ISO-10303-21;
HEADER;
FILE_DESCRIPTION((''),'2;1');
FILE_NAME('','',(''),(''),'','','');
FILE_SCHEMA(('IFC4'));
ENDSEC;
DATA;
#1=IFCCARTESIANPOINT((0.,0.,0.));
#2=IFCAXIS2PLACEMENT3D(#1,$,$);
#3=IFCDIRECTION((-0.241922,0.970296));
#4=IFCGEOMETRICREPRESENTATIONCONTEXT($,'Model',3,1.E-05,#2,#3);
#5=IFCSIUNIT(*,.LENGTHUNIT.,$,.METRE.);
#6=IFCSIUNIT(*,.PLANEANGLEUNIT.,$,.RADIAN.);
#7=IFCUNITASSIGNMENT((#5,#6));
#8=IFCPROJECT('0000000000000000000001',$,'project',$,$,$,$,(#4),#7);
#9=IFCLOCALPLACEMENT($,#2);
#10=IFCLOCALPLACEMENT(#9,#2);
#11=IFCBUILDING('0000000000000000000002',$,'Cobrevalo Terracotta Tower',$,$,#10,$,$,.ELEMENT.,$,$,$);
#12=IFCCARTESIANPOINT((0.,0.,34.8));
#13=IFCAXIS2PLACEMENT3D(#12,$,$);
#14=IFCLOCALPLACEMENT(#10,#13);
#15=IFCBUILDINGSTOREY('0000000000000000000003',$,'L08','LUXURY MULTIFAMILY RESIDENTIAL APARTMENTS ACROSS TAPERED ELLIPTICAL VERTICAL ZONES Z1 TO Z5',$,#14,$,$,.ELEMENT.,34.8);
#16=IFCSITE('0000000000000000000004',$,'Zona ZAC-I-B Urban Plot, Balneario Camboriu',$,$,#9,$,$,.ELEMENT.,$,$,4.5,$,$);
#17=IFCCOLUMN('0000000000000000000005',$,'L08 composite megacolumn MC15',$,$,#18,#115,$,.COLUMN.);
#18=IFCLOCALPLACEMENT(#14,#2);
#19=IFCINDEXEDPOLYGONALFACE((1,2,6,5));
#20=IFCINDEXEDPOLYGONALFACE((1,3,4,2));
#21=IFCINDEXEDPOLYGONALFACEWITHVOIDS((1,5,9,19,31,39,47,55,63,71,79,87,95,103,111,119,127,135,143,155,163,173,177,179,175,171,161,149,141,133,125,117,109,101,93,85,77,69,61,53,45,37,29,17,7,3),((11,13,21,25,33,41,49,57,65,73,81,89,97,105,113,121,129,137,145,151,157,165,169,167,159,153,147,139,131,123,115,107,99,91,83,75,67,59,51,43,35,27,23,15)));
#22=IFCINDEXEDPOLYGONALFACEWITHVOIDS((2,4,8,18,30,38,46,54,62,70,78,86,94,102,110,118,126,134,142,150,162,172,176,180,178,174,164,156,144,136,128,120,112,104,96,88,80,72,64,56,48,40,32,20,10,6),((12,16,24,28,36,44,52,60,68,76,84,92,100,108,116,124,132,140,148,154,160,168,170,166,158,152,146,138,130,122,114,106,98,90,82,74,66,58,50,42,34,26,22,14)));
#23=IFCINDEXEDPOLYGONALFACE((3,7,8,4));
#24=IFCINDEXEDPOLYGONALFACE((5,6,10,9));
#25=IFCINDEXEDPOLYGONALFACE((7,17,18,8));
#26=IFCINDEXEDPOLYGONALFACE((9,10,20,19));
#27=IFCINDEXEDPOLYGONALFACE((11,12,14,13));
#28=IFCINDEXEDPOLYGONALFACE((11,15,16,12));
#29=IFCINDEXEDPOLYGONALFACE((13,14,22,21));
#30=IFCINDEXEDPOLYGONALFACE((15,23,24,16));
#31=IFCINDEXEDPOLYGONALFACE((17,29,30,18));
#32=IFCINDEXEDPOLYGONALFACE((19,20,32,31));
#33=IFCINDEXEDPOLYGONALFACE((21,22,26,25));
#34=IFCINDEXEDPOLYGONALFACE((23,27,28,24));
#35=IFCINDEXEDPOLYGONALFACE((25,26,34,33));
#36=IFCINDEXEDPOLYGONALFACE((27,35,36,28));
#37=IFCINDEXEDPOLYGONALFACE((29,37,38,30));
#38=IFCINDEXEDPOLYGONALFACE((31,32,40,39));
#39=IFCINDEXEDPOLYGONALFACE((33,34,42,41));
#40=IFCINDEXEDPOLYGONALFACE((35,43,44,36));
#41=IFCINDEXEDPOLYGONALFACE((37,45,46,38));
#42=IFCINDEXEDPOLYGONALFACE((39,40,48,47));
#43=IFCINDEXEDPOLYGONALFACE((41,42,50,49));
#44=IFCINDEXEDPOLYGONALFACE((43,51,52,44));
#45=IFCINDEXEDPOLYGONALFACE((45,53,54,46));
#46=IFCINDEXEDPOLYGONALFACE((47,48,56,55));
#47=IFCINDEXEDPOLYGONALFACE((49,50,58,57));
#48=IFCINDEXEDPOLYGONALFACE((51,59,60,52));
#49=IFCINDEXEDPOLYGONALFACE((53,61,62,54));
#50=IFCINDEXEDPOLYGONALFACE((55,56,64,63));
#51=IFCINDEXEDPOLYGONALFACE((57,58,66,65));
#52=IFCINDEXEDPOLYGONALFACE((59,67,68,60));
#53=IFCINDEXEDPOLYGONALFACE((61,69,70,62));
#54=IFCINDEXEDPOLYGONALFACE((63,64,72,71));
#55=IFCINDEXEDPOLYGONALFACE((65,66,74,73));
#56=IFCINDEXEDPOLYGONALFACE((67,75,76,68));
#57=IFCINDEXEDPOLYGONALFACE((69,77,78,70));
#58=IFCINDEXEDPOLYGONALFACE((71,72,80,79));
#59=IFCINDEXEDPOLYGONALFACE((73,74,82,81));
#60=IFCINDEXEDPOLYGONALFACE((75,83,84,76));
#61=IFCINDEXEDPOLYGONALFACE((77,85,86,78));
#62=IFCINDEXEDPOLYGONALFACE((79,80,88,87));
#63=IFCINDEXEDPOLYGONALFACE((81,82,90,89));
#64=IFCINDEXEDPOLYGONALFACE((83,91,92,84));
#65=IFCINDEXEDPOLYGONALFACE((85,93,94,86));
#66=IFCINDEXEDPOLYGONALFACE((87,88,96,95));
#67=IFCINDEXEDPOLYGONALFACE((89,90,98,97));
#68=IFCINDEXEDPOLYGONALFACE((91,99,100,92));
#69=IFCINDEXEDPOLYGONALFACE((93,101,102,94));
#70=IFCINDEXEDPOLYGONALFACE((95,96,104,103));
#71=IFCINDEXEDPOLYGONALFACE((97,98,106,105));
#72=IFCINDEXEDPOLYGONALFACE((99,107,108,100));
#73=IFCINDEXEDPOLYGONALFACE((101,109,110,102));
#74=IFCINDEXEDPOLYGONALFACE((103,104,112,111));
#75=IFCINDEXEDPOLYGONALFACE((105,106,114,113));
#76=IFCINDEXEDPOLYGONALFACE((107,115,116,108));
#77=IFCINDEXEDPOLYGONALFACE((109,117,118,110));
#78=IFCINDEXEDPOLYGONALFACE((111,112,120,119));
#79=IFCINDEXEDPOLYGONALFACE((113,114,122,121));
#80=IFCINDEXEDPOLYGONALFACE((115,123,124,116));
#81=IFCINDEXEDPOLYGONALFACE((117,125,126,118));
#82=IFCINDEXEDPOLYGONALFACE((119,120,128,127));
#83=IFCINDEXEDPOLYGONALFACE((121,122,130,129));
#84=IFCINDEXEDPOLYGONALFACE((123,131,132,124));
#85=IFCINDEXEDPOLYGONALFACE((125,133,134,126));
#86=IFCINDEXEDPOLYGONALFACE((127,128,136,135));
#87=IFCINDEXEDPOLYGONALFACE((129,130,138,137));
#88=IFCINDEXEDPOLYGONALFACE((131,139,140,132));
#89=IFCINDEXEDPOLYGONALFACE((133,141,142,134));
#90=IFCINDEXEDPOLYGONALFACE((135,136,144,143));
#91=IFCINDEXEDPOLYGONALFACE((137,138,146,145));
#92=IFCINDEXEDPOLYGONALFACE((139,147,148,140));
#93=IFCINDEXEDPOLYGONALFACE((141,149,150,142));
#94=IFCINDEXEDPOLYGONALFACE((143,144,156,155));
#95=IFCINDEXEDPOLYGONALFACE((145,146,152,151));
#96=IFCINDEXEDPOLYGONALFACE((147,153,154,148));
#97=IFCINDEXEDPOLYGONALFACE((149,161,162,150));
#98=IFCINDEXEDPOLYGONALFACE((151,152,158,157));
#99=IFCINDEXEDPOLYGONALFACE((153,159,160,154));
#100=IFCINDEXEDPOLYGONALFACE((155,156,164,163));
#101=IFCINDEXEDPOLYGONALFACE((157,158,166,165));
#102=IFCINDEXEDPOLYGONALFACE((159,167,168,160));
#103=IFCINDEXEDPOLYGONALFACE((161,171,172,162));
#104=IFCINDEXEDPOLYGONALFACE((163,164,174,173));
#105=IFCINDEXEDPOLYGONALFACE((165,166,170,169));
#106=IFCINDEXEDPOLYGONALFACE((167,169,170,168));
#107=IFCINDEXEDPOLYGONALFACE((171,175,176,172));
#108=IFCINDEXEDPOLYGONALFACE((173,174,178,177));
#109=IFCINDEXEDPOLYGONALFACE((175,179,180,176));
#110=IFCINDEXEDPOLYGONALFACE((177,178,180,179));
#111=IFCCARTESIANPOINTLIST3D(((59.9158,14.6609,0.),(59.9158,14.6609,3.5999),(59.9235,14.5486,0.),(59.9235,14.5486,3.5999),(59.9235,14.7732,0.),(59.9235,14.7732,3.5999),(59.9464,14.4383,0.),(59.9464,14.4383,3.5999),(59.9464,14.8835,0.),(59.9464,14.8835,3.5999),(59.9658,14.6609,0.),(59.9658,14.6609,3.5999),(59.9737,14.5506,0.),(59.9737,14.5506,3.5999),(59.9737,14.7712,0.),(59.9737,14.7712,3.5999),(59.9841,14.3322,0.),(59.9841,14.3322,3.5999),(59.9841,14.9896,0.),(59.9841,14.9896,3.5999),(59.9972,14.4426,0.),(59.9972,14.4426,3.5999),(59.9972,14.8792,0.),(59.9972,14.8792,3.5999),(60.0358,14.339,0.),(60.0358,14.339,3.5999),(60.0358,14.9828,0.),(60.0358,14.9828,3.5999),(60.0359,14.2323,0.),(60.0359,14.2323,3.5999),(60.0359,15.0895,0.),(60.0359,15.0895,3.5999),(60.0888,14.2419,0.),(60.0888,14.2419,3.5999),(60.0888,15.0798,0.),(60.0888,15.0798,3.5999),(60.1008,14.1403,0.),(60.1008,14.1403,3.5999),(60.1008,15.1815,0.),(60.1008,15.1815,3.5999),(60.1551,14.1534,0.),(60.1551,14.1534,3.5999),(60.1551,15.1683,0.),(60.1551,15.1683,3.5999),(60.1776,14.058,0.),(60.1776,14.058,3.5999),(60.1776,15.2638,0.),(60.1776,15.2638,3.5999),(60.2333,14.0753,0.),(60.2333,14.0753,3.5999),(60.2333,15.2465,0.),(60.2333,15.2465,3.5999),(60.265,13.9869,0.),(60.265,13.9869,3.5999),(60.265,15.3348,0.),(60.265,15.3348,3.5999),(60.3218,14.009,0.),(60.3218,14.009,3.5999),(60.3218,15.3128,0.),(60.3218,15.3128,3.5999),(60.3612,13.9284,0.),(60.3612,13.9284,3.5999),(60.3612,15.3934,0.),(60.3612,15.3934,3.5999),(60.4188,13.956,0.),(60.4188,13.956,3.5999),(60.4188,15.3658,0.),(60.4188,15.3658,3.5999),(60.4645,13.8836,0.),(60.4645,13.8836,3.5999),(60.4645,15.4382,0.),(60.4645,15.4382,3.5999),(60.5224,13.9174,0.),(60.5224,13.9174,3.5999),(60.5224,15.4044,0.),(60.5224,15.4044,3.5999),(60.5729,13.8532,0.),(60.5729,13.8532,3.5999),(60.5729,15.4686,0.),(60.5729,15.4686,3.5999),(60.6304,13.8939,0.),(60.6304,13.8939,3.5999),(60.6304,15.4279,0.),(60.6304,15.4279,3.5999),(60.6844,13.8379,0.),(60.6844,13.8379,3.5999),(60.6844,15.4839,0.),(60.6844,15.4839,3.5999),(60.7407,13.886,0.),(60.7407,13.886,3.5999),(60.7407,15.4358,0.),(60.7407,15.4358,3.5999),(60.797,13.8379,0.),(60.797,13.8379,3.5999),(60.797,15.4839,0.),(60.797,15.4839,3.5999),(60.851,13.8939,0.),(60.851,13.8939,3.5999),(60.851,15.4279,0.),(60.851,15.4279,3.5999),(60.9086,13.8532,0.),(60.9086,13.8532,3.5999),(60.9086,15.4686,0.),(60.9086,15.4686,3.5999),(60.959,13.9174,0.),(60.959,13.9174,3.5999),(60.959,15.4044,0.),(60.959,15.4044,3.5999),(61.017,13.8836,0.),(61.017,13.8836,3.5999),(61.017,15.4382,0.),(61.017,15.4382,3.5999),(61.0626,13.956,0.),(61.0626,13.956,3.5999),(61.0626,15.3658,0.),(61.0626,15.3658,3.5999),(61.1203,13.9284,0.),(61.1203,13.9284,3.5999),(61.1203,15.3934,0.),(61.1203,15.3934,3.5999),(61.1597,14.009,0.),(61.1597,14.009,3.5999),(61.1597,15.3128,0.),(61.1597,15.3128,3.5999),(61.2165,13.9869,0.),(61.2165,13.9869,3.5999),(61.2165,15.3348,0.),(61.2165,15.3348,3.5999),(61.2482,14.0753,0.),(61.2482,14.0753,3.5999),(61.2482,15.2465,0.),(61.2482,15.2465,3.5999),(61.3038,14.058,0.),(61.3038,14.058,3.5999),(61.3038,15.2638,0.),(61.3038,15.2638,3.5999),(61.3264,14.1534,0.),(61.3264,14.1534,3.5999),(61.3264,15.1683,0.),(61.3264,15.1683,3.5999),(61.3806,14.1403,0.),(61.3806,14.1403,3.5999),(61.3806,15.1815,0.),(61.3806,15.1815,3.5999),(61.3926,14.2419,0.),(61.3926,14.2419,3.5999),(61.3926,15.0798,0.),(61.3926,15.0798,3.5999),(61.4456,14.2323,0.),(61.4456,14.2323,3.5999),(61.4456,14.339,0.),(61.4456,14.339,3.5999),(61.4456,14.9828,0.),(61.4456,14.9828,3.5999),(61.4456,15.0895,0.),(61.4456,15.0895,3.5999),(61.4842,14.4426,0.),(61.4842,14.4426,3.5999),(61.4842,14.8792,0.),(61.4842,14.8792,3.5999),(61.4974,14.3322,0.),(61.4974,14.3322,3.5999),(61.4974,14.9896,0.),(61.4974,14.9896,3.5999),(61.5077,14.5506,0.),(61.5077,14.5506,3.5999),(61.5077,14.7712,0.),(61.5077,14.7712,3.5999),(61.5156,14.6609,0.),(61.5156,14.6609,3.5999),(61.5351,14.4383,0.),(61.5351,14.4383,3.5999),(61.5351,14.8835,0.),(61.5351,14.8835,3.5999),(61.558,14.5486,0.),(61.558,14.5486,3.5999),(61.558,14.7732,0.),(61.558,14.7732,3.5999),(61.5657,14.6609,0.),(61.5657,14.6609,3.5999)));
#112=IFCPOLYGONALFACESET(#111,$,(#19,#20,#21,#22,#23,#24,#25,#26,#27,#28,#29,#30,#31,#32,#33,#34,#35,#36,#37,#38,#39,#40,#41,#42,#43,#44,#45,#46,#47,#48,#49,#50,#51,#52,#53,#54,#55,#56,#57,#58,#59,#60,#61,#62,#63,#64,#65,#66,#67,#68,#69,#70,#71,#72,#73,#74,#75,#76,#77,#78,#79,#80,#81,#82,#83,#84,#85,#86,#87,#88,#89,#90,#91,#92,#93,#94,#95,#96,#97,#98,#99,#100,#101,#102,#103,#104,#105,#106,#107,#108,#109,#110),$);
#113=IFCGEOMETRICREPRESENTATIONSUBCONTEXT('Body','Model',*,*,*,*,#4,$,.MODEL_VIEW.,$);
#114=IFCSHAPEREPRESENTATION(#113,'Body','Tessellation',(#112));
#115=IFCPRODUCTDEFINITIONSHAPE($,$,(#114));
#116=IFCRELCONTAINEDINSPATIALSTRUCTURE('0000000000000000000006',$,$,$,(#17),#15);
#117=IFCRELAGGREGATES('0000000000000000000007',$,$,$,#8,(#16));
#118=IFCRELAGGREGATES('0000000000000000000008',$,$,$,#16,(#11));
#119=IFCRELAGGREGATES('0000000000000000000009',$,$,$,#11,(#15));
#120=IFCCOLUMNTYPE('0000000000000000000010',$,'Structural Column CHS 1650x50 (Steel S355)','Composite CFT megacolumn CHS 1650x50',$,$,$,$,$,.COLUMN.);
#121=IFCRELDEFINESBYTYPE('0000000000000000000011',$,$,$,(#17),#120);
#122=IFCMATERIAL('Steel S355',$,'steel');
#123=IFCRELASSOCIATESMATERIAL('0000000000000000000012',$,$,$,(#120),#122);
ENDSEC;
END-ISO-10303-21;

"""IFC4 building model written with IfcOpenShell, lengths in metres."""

from ifc_helpers import new_model, si_unit, direction, frame, origin, origin_2d, place, context, subcontext, project, spatial, hollow_circle, extrude, material, material_profile, profile_set, type_object, element, save


model = new_model("IFC4")

# Units and contexts
model_context = context("Model", 3, precision=1e-05, world=origin(), true_north=direction((-0.241922, 0.970296)))
body_context = subcontext(model_context, "Body", "Model", "MODEL_VIEW")
ifc_project = project(units=[si_unit("LENGTHUNIT", "METRE"), si_unit("PLANEANGLEUNIT", "RADIAN")], contexts=[model_context])

# Site, building, storey
site_placement = place(None, origin())
site = spatial("IfcSite", under=ifc_project, at=site_placement, Name="Zona ZAC-I-B Urban Plot, Balneario Camboriu", CompositionType="ELEMENT", RefElevation=4.5)
building_placement = place(site_placement, origin())
building = spatial("IfcBuilding", under=site, at=building_placement, Name="Cobrevalo Terracotta Tower", CompositionType="ELEMENT")
storey_placement = place(building_placement, frame((0.0, 0.0, 34.8)))
storey = spatial("IfcBuildingStorey", under=building, at=storey_placement, Name="L08", Description="LUXURY MULTIFAMILY RESIDENTIAL APARTMENTS ACROSS TAPERED ELLIPTICAL VERTICAL ZONES Z1 TO Z5", CompositionType="ELEMENT", Elevation=34.8)

# Column
ifc_material_1 = material(Name="Steel S355", Category="steel")
ifc_material_profile_1 = material_profile(ifc_material_1, hollow_circle(Radius=0.825, WallThickness=0.05, at=origin_2d()), Name="CHS 1650x50")
ifc_profile_set_1 = profile_set([ifc_material_profile_1], Name="Steel S355")
column_type = type_object("IfcColumnType", Name="Structural Column CHS 1650x50 (Steel S355)", Description="Composite CFT megacolumn CHS 1650x50", PredefinedType="COLUMN", material=ifc_profile_set_1)
for number, where, z_axis, x_axis, name in (
    (1, (60.7407, 14.6609, 0.0), (0.0, 0.0, 1.0), (1.0, 0.0, 0.0), "L08 composite megacolumn MC15"),
):
    element("IfcColumn", number, at=place(storey_placement, frame(where, z_axis=z_axis, x_axis=x_axis)), inside=storey, type_object=column_type, Name=name, PredefinedType="COLUMN", context=body_context, shape_type="SweptSolid", body=[
        extrude(hollow_circle(Radius=0.825, WallThickness=0.05, at=origin_2d()), origin(), (0.0, 0.0, 1.0), 3.5999),
    ])

save(model, "model.ifc")
